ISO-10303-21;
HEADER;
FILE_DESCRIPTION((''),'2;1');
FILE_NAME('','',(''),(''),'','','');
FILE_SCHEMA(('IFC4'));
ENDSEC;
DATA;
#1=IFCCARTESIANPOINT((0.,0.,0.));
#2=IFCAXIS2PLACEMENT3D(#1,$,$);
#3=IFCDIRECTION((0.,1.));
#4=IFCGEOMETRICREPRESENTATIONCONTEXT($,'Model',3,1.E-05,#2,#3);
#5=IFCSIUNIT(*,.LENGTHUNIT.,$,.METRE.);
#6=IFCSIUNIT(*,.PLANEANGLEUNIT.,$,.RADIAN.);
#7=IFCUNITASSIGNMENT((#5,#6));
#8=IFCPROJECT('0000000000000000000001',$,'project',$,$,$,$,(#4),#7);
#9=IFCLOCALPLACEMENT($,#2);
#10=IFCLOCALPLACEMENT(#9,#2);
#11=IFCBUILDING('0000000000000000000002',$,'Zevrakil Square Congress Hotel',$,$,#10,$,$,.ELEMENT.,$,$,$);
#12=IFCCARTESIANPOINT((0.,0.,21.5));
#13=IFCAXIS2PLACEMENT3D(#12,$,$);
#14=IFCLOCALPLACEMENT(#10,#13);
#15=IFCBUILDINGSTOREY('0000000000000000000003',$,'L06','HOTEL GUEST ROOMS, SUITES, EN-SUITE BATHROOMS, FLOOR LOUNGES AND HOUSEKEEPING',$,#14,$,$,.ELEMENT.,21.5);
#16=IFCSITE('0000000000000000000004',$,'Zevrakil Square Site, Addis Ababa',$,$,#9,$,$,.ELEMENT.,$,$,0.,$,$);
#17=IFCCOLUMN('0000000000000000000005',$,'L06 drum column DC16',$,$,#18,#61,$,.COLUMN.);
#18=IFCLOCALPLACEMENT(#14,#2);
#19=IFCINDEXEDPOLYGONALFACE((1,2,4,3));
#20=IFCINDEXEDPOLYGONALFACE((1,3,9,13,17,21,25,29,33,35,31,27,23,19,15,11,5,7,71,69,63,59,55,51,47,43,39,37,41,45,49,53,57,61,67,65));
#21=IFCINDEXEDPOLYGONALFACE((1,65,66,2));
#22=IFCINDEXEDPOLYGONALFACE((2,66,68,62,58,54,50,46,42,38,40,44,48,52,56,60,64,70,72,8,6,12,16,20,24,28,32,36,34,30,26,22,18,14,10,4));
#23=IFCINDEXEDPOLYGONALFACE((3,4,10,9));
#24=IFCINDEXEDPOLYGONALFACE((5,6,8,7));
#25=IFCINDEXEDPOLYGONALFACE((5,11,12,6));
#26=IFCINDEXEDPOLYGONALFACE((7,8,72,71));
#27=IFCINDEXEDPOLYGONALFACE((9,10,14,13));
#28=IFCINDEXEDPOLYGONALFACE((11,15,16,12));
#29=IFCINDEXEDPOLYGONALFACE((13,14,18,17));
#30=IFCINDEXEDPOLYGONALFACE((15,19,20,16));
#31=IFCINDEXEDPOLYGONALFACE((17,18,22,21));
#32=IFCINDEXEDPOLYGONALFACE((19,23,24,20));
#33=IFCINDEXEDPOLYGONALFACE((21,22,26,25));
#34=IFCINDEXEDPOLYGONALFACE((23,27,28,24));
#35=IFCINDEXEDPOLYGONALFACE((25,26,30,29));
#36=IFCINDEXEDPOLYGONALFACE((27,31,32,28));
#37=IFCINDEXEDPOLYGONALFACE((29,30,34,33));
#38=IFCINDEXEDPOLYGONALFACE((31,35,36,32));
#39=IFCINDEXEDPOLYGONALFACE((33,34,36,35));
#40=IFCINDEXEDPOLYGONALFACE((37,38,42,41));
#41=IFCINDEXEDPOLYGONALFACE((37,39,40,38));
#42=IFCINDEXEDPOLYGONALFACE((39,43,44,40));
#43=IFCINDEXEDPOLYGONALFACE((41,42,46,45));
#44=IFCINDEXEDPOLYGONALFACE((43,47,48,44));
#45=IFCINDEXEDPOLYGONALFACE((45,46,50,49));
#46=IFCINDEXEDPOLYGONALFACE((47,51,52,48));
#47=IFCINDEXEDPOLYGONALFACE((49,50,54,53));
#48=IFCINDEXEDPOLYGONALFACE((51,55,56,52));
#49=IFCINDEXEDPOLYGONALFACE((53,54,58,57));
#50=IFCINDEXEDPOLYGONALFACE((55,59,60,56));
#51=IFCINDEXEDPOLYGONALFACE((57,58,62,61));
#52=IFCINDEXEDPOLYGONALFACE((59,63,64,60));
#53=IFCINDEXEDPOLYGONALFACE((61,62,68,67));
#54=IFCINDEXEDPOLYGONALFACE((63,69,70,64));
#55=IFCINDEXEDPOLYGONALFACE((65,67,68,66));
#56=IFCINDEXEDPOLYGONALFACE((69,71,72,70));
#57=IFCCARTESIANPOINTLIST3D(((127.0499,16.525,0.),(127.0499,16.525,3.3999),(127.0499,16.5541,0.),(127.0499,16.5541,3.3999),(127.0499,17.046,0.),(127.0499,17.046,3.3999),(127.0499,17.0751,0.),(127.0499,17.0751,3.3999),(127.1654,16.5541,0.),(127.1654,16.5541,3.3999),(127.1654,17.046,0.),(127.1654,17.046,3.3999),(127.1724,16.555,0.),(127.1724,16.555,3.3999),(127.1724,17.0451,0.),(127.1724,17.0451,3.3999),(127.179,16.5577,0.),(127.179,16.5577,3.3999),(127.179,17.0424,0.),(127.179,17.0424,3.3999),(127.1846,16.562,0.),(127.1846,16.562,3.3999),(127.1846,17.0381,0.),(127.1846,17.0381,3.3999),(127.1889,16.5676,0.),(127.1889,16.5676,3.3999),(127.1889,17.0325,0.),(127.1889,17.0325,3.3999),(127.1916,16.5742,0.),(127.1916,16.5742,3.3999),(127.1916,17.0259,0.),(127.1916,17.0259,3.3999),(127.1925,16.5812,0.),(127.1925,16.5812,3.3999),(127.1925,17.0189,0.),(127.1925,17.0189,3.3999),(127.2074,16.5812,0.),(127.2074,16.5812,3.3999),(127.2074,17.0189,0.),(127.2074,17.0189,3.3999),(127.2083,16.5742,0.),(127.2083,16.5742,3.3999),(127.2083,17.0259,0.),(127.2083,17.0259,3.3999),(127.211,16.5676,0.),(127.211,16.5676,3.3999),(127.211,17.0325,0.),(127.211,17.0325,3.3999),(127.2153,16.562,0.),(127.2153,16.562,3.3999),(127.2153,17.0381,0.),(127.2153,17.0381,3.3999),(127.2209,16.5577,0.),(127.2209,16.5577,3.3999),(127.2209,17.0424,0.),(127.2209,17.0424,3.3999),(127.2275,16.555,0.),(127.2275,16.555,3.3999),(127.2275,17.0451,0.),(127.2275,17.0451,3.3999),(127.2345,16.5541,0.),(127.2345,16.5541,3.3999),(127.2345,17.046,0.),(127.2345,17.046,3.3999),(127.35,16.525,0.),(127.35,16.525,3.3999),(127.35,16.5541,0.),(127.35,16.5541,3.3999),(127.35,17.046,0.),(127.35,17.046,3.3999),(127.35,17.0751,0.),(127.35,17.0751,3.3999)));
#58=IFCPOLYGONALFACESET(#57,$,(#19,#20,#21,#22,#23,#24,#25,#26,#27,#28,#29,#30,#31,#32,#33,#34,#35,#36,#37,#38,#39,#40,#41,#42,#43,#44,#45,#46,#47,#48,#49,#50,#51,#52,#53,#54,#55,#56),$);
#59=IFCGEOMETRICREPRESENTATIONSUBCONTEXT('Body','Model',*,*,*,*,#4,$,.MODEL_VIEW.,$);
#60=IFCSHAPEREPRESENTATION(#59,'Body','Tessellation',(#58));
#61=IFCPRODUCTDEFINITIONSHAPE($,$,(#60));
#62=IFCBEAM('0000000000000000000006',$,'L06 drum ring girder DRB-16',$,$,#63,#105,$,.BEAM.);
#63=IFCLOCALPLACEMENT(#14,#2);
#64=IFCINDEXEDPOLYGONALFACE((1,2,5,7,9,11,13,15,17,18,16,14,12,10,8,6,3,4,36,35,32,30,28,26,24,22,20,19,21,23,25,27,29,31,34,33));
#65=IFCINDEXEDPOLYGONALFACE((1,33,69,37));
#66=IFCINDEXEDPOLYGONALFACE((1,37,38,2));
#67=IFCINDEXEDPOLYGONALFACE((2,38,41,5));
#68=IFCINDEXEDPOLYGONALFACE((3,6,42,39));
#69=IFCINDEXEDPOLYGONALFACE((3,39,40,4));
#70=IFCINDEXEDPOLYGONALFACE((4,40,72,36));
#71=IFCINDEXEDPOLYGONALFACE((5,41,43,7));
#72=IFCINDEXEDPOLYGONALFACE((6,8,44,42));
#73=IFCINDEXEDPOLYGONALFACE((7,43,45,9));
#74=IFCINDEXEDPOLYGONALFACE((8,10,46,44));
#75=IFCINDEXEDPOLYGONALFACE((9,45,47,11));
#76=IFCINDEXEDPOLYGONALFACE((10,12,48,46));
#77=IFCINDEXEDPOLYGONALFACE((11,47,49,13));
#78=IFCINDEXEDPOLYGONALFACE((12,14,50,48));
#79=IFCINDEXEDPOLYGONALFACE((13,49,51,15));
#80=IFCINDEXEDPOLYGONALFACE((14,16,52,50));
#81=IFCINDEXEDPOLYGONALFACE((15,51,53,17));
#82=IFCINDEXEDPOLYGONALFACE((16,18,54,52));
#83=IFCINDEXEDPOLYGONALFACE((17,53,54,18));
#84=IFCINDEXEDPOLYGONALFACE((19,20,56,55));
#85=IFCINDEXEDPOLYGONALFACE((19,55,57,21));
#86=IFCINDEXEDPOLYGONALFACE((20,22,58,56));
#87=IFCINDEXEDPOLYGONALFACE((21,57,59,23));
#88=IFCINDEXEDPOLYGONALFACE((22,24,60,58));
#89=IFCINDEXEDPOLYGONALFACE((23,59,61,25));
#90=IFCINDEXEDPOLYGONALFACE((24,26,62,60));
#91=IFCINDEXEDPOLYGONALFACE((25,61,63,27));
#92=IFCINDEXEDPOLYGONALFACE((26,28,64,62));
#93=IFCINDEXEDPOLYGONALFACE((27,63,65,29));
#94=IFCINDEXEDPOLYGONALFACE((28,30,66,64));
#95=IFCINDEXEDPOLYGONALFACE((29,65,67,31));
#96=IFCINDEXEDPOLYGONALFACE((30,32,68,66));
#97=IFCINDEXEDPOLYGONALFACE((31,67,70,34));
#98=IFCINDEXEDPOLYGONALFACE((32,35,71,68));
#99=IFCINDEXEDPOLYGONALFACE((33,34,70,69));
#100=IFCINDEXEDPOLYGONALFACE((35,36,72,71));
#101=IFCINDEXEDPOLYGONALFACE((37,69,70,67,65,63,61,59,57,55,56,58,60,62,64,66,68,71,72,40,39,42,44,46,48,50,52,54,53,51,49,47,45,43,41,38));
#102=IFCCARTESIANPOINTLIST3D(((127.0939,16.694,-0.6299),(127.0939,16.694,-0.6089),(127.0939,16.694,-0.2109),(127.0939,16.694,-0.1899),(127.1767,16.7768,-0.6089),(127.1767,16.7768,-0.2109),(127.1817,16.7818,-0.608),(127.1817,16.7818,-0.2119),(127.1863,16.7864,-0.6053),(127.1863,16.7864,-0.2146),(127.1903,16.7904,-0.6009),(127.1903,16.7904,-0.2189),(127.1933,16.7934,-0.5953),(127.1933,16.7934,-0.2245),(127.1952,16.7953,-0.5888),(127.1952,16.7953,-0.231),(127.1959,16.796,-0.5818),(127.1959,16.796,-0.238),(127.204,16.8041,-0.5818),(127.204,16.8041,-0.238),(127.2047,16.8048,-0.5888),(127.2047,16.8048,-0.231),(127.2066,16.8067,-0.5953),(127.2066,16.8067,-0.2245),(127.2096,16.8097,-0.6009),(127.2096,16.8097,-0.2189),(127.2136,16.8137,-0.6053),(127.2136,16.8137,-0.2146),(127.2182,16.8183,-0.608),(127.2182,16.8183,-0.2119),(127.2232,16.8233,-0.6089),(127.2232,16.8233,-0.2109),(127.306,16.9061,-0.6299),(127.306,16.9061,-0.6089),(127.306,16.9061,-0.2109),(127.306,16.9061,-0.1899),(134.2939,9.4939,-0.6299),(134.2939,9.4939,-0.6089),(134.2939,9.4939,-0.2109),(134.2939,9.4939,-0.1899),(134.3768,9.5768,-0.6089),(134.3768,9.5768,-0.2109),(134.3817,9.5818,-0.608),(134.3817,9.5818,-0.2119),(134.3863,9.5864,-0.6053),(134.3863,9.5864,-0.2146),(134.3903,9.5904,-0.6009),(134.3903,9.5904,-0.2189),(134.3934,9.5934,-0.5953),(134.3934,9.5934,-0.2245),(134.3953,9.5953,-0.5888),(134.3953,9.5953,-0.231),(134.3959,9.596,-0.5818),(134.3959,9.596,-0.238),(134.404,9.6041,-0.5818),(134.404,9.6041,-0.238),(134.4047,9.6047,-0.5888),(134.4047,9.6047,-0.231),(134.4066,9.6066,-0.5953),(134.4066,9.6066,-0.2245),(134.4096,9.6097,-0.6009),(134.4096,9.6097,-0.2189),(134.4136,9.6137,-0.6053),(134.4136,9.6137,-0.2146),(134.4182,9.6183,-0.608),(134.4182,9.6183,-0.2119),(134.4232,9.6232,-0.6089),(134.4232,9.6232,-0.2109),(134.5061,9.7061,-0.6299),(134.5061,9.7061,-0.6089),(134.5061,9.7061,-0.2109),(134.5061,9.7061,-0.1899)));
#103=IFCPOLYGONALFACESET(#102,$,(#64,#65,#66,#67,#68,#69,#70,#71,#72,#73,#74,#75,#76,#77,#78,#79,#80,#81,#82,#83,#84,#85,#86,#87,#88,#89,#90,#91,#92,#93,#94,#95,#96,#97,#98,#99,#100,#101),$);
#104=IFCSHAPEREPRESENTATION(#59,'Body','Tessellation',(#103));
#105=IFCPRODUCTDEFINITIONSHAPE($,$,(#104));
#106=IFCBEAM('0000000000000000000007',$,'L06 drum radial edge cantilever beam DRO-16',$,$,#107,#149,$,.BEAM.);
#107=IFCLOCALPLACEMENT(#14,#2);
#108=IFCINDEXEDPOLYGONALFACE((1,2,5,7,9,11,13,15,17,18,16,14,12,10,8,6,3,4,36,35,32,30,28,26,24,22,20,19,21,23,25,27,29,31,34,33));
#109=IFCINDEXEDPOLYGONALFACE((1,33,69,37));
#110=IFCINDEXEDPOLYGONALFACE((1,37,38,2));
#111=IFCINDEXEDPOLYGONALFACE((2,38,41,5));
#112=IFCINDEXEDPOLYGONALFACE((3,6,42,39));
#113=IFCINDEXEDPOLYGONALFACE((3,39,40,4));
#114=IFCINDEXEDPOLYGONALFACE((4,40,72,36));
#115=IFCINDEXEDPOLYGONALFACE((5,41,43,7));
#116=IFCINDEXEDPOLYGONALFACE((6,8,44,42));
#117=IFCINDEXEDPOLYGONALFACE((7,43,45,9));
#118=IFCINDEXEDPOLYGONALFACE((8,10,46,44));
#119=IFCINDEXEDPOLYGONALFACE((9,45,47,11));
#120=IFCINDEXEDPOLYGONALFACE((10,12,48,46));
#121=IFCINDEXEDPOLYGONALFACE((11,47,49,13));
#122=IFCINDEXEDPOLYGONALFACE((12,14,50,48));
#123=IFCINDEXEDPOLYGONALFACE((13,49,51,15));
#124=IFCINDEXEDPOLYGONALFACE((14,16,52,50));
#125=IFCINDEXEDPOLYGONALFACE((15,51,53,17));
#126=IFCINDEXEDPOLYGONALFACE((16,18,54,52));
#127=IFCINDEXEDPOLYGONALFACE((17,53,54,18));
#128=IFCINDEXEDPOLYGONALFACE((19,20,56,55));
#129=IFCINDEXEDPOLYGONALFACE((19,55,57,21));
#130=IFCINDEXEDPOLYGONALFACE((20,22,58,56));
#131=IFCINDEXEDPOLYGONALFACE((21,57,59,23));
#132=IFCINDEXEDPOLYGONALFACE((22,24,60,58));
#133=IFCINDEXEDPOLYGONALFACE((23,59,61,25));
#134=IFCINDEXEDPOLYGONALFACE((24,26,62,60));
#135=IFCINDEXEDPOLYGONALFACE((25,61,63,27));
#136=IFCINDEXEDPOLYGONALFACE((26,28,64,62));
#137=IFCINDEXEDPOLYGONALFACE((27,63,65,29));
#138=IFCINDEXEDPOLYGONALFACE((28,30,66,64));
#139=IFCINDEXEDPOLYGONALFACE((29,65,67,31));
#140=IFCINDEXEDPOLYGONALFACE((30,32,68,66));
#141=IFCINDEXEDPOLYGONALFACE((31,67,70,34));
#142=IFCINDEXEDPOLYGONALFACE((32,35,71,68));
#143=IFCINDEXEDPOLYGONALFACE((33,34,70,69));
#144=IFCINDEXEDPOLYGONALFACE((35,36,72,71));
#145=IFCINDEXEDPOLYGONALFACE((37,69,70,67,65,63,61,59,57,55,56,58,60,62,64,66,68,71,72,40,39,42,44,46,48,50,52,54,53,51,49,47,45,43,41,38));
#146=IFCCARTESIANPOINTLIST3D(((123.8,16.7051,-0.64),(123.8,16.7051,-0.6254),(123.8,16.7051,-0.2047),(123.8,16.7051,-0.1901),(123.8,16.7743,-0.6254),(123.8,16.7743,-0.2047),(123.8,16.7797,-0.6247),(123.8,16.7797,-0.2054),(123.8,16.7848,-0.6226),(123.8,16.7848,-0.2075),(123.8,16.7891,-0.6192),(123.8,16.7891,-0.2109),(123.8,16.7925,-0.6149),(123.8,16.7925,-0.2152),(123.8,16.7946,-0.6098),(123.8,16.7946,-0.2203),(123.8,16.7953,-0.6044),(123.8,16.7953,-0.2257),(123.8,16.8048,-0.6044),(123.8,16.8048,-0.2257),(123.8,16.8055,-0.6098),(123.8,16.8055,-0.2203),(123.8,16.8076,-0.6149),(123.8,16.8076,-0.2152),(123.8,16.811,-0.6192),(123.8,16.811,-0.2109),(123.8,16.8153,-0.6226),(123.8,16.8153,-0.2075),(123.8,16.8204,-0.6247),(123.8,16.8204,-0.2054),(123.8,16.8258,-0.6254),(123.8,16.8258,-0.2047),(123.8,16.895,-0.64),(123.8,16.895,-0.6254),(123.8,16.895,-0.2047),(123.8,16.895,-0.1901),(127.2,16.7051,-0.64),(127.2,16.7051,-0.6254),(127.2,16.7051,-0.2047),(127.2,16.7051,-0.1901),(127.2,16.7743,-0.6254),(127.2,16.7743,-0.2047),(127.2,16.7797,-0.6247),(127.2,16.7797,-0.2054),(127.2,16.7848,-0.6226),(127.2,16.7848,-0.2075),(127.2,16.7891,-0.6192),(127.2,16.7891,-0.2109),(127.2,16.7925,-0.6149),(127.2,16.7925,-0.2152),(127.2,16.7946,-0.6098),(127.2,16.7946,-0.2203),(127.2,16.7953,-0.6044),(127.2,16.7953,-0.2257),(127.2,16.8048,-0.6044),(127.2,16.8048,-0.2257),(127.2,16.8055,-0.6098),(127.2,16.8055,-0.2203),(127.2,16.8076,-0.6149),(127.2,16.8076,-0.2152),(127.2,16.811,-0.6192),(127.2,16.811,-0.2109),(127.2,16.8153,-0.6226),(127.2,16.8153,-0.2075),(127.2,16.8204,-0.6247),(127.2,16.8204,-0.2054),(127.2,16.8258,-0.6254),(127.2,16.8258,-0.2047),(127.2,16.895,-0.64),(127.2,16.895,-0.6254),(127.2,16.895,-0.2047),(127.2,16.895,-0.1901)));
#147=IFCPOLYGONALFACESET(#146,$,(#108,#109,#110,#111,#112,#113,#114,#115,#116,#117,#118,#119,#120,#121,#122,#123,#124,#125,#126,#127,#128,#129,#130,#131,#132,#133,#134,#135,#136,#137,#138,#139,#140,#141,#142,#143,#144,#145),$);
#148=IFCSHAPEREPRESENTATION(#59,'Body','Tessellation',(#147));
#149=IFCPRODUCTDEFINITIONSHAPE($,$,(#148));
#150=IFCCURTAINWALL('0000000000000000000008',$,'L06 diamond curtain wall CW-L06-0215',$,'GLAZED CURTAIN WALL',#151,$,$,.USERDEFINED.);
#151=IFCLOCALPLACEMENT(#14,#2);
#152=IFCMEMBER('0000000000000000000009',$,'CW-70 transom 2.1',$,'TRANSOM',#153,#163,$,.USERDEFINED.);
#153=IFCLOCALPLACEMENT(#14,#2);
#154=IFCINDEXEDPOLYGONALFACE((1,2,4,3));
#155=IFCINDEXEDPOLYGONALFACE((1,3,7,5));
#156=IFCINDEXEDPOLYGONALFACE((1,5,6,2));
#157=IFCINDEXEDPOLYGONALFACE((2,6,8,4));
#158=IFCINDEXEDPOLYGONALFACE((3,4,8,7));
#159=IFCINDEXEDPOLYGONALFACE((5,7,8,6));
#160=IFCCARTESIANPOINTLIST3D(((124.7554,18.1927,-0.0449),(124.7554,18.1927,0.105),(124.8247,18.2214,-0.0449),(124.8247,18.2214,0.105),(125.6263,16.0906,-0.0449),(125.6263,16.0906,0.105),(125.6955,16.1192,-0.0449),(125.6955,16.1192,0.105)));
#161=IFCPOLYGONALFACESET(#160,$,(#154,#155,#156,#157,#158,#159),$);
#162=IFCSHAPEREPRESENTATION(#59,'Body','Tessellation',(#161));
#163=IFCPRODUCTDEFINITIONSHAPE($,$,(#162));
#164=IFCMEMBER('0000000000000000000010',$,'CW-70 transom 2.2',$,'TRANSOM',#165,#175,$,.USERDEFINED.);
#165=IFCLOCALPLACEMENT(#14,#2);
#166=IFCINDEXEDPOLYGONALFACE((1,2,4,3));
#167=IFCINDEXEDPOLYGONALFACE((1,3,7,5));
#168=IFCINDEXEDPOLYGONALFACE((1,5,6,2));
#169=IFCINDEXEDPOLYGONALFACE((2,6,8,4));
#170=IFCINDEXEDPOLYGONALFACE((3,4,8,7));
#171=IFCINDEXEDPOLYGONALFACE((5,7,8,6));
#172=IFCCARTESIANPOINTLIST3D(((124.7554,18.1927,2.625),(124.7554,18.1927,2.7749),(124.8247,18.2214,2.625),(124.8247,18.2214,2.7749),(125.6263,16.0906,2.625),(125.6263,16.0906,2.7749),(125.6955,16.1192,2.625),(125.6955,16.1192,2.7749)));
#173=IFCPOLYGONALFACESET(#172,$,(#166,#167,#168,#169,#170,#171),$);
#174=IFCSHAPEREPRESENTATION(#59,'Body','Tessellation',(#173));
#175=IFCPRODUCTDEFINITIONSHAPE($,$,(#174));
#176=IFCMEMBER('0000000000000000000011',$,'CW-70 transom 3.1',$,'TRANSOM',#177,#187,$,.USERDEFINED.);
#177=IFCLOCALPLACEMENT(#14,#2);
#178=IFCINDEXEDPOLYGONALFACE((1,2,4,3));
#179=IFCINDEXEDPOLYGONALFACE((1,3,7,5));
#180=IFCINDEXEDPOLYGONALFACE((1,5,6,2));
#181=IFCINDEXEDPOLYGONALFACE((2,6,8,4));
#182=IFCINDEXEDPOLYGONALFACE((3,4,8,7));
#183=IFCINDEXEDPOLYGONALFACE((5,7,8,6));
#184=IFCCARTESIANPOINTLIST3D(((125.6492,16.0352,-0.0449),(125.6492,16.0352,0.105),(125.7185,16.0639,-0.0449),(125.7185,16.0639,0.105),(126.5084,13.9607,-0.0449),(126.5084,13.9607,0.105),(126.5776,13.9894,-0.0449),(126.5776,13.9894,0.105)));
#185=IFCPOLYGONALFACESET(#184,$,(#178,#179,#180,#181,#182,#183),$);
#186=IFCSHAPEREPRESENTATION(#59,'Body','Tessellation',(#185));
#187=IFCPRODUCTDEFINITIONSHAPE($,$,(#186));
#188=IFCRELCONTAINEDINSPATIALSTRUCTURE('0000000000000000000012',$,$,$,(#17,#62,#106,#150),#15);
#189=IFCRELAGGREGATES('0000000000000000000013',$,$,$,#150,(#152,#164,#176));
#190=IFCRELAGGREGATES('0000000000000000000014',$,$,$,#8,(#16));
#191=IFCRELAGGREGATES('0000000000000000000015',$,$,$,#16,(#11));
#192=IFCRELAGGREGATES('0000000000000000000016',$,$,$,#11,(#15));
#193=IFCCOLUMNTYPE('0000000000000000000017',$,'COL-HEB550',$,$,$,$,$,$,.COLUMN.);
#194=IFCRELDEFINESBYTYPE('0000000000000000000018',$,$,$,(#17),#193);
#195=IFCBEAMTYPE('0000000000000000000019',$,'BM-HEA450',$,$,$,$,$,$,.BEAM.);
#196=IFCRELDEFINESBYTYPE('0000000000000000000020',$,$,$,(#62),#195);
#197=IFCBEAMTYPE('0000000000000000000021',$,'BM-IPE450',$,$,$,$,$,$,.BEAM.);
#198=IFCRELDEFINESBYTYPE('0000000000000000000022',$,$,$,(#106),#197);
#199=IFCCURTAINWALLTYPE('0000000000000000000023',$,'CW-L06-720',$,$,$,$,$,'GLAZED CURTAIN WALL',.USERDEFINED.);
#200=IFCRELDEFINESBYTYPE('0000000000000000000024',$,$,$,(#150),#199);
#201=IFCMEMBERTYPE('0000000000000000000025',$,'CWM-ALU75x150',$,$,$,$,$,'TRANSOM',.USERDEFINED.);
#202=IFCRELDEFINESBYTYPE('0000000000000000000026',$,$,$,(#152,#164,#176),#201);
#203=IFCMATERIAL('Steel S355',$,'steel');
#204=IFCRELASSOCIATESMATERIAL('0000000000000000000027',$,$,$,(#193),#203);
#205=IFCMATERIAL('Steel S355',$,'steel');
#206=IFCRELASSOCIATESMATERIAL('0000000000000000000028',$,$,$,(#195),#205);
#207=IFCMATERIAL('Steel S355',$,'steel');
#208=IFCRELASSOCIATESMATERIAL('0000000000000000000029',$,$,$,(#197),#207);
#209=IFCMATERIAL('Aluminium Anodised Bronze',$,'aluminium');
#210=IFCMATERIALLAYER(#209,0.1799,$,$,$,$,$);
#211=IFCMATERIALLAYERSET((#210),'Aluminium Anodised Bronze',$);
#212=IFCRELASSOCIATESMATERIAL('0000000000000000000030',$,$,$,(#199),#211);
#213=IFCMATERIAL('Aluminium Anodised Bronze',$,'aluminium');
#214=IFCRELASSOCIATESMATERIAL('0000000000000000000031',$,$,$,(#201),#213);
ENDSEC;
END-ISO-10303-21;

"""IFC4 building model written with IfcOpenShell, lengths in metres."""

from ifc_helpers import new_model, si_unit, direction, frame, origin, origin_2d, place, context, subcontext, project, spatial, rectangle, i_section, extrude, material, layer, layer_set, material_profile, profile_set, type_object, element, aggregate, save


model = new_model("IFC4")

# Units and contexts
model_context = context("Model", 3, precision=1e-05, world=origin(), true_north=direction((0.0, 1.0)))
body_context = subcontext(model_context, "Body", "Model", "MODEL_VIEW")
ifc_project = project(units=[si_unit("LENGTHUNIT", "METRE"), si_unit("PLANEANGLEUNIT", "RADIAN")], contexts=[model_context])

# Site, building, storey
site_placement = place(None, origin())
site = spatial("IfcSite", under=ifc_project, at=site_placement, Name="Zevrakil Square Site, Addis Ababa", CompositionType="ELEMENT", RefElevation=0.0)
building_placement = place(site_placement, origin())
building = spatial("IfcBuilding", under=site, at=building_placement, Name="Zevrakil Square Congress Hotel", CompositionType="ELEMENT")
storey_placement = place(building_placement, frame((0.0, 0.0, 21.5)))
storey = spatial("IfcBuildingStorey", under=building, at=storey_placement, Name="L06", Description="HOTEL GUEST ROOMS, SUITES, EN-SUITE BATHROOMS, FLOOR LOUNGES AND HOUSEKEEPING", CompositionType="ELEMENT", Elevation=21.5)

# Column
ifc_material_1 = material(Name="Steel S355", Category="steel")
ifc_material_profile_1 = material_profile(ifc_material_1, i_section(OverallWidth=0.3, OverallDepth=0.55, WebThickness=0.0149, FlangeThickness=0.0291, FilletRadius=0.0271, at=origin_2d()), Name="HEB 550")
ifc_profile_set_1 = profile_set([ifc_material_profile_1], Name="Steel S355")
column_type = type_object("IfcColumnType", Name="COL-HEB550", PredefinedType="COLUMN", material=ifc_profile_set_1)
column_placement = place(storey_placement, frame((127.2, 16.8, 0.0), z_axis=(0.0, 0.0, 1.0), x_axis=(1.0, 0.0, 0.0)))
element("IfcColumn", 1, at=column_placement, inside=storey, type_object=column_type, Name="L06 drum column DC16", PredefinedType="COLUMN", context=body_context, shape_type="SweptSolid", body=[
    extrude(i_section(OverallWidth=0.3, OverallDepth=0.55, WebThickness=0.0149, FlangeThickness=0.0291, FilletRadius=0.0271, at=origin_2d()), origin(), (0.0, 0.0, 1.0), 3.3999),
])

# Beams
ifc_material_2 = material(Name="Steel S355", Category="steel")
ifc_material_profile_2 = material_profile(ifc_material_2, i_section(OverallWidth=0.3, OverallDepth=0.4399, WebThickness=0.0115, FlangeThickness=0.021, FilletRadius=0.0271, at=origin_2d()), Name="HEA 450")
ifc_profile_set_2 = profile_set([ifc_material_profile_2], Name="Steel S355")
beam_type_1 = type_object("IfcBeamType", Name="BM-HEA450", PredefinedType="BEAM", material=ifc_profile_set_2)
beam_1_placement = place(storey_placement, frame((127.2, 16.8, -0.4099), z_axis=(0.707107, -0.707107, 0.0), x_axis=(0.707107, 0.707107, 0.0)))
element("IfcBeam", 2, at=beam_1_placement, inside=storey, type_object=beam_type_1, Name="L06 drum ring girder DRB-16", PredefinedType="BEAM", context=body_context, shape_type="SweptSolid", body=[
    extrude(i_section(OverallWidth=0.3, OverallDepth=0.4399, WebThickness=0.0115, FlangeThickness=0.021, FilletRadius=0.0271, at=origin_2d()), origin(), (0.0, 0.0, 1.0), 10.1824),
])
ifc_material_3 = material(Name="Steel S355", Category="steel")
ifc_material_profile_3 = material_profile(ifc_material_3, i_section(OverallWidth=0.1899, OverallDepth=0.45, WebThickness=0.0095, FlangeThickness=0.0146, FilletRadius=0.021, at=origin_2d()), Name="IPE 450")
ifc_profile_set_3 = profile_set([ifc_material_profile_3], Name="Steel S355")
beam_type_2 = type_object("IfcBeamType", Name="BM-IPE450", PredefinedType="BEAM", material=ifc_profile_set_3)
beam_2_placement = place(storey_placement, frame((127.2, 16.8, -0.415), z_axis=(-1.0, 0.0, 0.0), x_axis=(0.0, -1.0, 0.0)))
element("IfcBeam", 3, at=beam_2_placement, inside=storey, type_object=beam_type_2, Name="L06 drum radial edge cantilever beam DRO-16", PredefinedType="BEAM", context=body_context, shape_type="SweptSolid", body=[
    extrude(i_section(OverallWidth=0.1899, OverallDepth=0.45, WebThickness=0.0095, FlangeThickness=0.0146, FilletRadius=0.021, at=origin_2d()), origin(), (0.0, 0.0, 1.0), 3.3999),
])

# Curtain wall, members
ifc_material_4 = material(Name="Aluminium Anodised Bronze", Category="aluminium")
ifc_layer_1 = layer(ifc_material_4, 0.1799)
ifc_layer_set_1 = layer_set([ifc_layer_1], Name="Aluminium Anodised Bronze")
curtain_wall_type = type_object("IfcCurtainWallType", Name="CW-L06-720", ElementType="GLAZED CURTAIN WALL", PredefinedType="USERDEFINED", material=ifc_layer_set_1)
curtain_wall_placement = place(storey_placement, origin())
curtain_wall = element("IfcCurtainWall", 4, at=curtain_wall_placement, inside=storey, type_object=curtain_wall_type, Name="L06 diamond curtain wall CW-L06-0215", ObjectType="GLAZED CURTAIN WALL", PredefinedType="USERDEFINED")
ifc_material_5 = material(Name="Aluminium Anodised Bronze", Category="aluminium")
ifc_material_profile_4 = material_profile(ifc_material_5, rectangle(XDim=0.075, YDim=0.1499, at=origin_2d()), Name="ALU 75x150")
ifc_profile_set_4 = profile_set([ifc_material_profile_4], Name="Aluminium Anodised Bronze")
member_type_1 = type_object("IfcMemberType", Name="CWM-ALU75x150", ElementType="TRANSOM", PredefinedType="USERDEFINED", material=ifc_profile_set_4)
member_1_placement = place(storey_placement, frame((124.79, 18.207, 0.03), z_axis=(0.38274, -0.923856, 0.0), x_axis=(0.923856, 0.38274, 0.0)))
member_1 = element("IfcMember", 5, at=member_1_placement, type_object=member_type_1, Name="CW-70 transom 2.1", ObjectType="TRANSOM", PredefinedType="USERDEFINED", context=body_context, shape_type="SweptSolid", body=[
    extrude(rectangle(XDim=0.075, YDim=0.1499, at=origin_2d()), origin(), (0.0, 0.0, 1.0), 2.2754),
])
member_2_placement = place(storey_placement, frame((124.79, 18.207, 2.7), z_axis=(0.38274, -0.923856, 0.0), x_axis=(0.923856, 0.38274, 0.0)))
member_2 = element("IfcMember", 6, at=member_2_placement, type_object=member_type_1, Name="CW-70 transom 2.2", ObjectType="TRANSOM", PredefinedType="USERDEFINED", context=body_context, shape_type="SweptSolid", body=[
    extrude(rectangle(XDim=0.075, YDim=0.1499, at=origin_2d()), origin(), (0.0, 0.0, 1.0), 2.2754),
])
member_3_placement = place(storey_placement, frame((125.6838, 16.0496, 0.03), z_axis=(0.38263, -0.923902, 0.0), x_axis=(0.923902, 0.38263, 0.0)))
member_3 = element("IfcMember", 7, at=member_3_placement, type_object=member_type_1, Name="CW-70 transom 3.1", ObjectType="TRANSOM", PredefinedType="USERDEFINED", context=body_context, shape_type="SweptSolid", body=[
    extrude(rectangle(XDim=0.075, YDim=0.1499, at=origin_2d()), origin(), (0.0, 0.0, 1.0), 2.2454),
])
aggregate(curtain_wall, [member_1, member_2, member_3])

save(model, "model.ifc")
